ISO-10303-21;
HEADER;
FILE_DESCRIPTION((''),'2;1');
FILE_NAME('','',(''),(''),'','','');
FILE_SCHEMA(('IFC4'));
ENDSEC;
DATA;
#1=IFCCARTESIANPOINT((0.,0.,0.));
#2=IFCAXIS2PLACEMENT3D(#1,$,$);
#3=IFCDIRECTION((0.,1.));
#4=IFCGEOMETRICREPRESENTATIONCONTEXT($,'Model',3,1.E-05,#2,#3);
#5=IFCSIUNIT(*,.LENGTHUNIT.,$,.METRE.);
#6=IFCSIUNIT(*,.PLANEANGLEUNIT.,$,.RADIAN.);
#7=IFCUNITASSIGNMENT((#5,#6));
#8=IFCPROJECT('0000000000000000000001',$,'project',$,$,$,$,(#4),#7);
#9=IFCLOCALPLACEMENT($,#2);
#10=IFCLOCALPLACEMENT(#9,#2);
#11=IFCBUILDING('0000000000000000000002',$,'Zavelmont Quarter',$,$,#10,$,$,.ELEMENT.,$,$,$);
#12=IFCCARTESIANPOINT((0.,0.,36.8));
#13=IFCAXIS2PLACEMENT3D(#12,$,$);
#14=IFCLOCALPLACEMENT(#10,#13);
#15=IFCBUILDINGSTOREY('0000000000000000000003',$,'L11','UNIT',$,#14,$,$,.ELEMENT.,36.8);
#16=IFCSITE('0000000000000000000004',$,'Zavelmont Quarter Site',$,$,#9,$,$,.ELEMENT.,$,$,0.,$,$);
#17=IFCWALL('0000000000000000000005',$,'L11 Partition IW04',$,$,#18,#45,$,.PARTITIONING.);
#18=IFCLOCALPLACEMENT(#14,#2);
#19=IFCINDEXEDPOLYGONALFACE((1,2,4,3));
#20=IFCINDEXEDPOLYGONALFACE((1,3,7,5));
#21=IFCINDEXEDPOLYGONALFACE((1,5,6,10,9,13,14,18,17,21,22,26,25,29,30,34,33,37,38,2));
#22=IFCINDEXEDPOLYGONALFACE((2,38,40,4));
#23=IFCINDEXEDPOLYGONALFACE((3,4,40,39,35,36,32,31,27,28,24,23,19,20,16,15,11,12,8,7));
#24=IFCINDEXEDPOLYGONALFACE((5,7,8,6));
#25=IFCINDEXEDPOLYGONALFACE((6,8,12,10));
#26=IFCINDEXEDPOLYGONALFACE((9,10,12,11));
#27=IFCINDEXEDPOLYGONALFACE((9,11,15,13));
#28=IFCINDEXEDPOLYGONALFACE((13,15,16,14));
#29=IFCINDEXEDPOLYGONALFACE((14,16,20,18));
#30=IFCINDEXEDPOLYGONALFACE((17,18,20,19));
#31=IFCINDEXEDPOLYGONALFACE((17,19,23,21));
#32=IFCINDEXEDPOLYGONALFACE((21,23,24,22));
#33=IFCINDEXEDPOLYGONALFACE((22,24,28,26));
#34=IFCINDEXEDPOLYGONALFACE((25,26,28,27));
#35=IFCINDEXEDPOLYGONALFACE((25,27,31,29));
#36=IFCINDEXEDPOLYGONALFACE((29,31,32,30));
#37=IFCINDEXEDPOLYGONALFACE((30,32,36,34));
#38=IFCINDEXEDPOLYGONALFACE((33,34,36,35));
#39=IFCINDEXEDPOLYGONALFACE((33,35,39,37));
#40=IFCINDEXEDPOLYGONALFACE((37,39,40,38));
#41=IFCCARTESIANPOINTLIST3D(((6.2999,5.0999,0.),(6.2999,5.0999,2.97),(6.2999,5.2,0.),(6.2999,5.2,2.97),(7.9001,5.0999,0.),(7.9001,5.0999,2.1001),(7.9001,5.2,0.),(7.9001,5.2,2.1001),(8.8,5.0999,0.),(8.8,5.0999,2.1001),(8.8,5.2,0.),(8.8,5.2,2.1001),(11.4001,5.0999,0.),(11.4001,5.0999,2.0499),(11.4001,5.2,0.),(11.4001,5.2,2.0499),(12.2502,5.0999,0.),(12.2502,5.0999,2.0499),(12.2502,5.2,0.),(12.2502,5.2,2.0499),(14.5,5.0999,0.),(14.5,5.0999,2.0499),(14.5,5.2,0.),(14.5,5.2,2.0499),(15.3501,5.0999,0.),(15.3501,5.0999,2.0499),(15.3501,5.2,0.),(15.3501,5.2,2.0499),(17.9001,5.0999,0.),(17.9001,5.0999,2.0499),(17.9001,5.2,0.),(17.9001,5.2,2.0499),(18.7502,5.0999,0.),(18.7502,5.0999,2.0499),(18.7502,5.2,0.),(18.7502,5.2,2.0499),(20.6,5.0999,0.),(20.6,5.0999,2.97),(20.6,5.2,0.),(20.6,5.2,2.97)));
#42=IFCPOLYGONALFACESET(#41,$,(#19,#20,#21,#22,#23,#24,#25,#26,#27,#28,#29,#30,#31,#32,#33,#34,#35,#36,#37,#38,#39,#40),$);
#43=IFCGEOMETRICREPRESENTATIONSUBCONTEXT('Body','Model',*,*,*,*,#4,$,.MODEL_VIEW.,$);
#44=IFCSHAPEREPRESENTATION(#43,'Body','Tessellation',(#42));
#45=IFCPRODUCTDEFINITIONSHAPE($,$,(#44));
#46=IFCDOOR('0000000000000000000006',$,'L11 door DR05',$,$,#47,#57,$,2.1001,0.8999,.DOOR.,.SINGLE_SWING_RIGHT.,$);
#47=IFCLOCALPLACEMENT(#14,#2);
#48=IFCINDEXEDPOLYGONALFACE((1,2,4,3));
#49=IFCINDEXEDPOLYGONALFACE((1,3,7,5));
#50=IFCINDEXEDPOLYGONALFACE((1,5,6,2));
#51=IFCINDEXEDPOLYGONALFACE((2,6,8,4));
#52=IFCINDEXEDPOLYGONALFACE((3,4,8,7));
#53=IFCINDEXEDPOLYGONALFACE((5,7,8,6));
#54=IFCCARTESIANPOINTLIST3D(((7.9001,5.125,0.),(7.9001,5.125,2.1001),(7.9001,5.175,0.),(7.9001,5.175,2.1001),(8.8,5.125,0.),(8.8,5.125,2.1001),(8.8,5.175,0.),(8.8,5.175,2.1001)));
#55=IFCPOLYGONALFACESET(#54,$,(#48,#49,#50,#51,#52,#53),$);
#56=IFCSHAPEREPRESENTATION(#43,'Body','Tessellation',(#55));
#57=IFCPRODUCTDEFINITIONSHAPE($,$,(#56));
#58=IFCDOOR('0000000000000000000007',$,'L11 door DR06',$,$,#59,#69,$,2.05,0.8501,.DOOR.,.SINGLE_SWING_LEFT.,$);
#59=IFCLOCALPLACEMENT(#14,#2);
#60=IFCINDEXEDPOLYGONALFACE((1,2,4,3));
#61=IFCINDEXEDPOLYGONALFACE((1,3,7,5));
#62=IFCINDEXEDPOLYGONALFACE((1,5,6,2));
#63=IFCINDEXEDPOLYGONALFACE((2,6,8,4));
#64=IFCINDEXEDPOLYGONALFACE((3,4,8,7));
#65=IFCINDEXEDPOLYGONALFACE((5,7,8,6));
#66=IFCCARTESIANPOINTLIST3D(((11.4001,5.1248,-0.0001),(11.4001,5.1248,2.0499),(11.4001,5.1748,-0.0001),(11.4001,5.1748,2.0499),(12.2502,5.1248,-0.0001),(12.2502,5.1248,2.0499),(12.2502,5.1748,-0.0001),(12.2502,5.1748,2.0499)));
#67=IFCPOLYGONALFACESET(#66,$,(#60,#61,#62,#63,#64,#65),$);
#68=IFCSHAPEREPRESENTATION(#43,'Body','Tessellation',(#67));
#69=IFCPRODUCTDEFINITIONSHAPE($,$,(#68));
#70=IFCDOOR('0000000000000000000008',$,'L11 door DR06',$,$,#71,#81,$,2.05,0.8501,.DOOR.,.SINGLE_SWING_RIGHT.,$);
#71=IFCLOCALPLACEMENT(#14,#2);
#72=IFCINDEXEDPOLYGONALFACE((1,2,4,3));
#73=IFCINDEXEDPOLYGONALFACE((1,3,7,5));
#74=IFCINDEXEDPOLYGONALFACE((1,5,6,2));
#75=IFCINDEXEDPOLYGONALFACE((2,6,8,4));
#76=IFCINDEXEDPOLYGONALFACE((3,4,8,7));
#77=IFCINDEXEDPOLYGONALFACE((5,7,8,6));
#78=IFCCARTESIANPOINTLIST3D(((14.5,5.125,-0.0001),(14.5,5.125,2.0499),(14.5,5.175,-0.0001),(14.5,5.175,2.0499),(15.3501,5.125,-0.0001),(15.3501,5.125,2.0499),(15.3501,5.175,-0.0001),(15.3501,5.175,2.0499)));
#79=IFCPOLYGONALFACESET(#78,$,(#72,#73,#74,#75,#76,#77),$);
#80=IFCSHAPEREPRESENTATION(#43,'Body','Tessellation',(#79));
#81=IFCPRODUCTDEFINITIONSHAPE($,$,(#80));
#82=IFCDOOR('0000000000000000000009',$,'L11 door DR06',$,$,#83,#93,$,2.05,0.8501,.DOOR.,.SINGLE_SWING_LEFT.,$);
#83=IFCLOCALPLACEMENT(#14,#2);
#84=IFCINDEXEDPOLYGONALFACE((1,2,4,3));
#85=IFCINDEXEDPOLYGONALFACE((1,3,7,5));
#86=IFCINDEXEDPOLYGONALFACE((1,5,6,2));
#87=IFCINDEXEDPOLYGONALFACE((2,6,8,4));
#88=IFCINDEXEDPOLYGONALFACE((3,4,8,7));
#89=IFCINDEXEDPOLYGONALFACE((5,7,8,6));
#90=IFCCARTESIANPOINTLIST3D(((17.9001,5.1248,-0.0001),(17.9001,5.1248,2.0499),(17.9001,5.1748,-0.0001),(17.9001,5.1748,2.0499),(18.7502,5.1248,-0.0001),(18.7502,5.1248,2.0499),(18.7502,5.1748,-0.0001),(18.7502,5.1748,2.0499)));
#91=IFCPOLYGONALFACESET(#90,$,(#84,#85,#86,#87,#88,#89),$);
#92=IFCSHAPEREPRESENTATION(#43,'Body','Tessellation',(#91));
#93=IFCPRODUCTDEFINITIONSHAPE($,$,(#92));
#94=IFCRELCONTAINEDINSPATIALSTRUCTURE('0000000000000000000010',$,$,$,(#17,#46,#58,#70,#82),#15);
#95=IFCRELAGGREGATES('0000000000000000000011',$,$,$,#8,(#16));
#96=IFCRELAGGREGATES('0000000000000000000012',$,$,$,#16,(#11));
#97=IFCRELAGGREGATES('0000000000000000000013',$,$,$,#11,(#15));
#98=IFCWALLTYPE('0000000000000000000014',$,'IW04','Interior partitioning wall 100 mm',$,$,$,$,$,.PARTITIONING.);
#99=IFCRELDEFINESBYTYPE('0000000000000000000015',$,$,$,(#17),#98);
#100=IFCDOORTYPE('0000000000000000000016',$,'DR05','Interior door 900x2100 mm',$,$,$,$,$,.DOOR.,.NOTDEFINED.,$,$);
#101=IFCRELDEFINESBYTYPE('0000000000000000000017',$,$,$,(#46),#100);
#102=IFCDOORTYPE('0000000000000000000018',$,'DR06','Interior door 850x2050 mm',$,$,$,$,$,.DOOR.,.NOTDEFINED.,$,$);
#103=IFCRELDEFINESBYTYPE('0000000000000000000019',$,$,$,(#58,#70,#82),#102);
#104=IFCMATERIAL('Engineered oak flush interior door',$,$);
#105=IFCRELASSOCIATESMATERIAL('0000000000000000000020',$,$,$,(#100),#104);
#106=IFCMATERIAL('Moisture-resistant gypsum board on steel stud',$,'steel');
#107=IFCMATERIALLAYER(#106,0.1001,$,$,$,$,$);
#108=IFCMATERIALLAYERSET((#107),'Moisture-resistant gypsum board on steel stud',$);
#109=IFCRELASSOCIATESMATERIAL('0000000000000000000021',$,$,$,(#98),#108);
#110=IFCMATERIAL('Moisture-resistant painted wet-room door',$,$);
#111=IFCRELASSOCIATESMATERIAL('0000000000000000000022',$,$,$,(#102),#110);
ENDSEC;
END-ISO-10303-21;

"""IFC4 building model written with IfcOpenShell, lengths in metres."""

from ifc_helpers import new_model, si_unit, direction, frame, frame_2d, origin, origin_with_axes, place, context, subcontext, project, spatial, rectangle, extrude, material, layer, layer_set, type_object, element, fill, save


model = new_model("IFC4")

# Units and contexts
model_context = context("Model", 3, precision=1e-05, world=origin(), true_north=direction((0.0, 1.0)))
body_context = subcontext(model_context, "Body", "Model", "MODEL_VIEW")
ifc_project = project(units=[si_unit("LENGTHUNIT", "METRE"), si_unit("PLANEANGLEUNIT", "RADIAN")], contexts=[model_context])

# Site, building, storey
site_placement = place(None, origin())
site = spatial("IfcSite", under=ifc_project, at=site_placement, Name="Zavelmont Quarter Site", CompositionType="ELEMENT", RefElevation=0.0)
building_placement = place(site_placement, origin())
building = spatial("IfcBuilding", under=site, at=building_placement, Name="Zavelmont Quarter", CompositionType="ELEMENT")
storey_placement = place(building_placement, frame((0.0, 0.0, 36.8)))
storey = spatial("IfcBuildingStorey", under=building, at=storey_placement, Name="L11", Description="UNIT", CompositionType="ELEMENT", Elevation=36.8)

# Shared definitions
ifc_material_1 = material(Name="Engineered oak flush interior door")
door_type_1 = type_object("IfcDoorType", Name="DR05", Description="Interior door 900x2100 mm", OperationType="NOTDEFINED", PredefinedType="DOOR", material=ifc_material_1)

# Shared definitions
ifc_material_2 = material(Name="Moisture-resistant gypsum board on steel stud", Category="steel")
ifc_layer_1 = layer(ifc_material_2, 0.1001)
ifc_layer_set_1 = layer_set([ifc_layer_1], Name="Moisture-resistant gypsum board on steel stud")
wall_type_1 = type_object("IfcWallType", Name="IW04", Description="Interior partitioning wall 100 mm", PredefinedType="PARTITIONING", material=ifc_layer_set_1)

# Wall, openings, doors
wall_1_placement = place(storey_placement, frame((6.3, 5.1499, 0.0), z_axis=(0.0, 0.0, 1.0), x_axis=(1.0, 0.0, 0.0)))
wall_1 = element("IfcWall", 1, at=wall_1_placement, inside=storey, type_object=wall_type_1, Name="L11 Partition IW04", PredefinedType="PARTITIONING", context=body_context, shape_type="SweptSolid", body=[
    extrude(rectangle(XDim=14.3, YDim=0.1001, at=frame_2d((7.1499, 0.0))), origin(), (0.0, 0.0, 1.0), 2.97),
])
opening_1_placement = place(wall_1_placement, frame((1.6001, 0.0, 0.0)))
opening_1 = element("IfcOpeningElement", 2, at=opening_1_placement, cuts=wall_1, PredefinedType="OPENING", context=body_context, shape_type="SweptSolid", body=[
    extrude(rectangle(XDim=0.8999, YDim=2.1001, at=frame_2d((0.45, 1.05))), frame((0.0, 0.062, 0.0), z_axis=(0.0, -1.0, 0.0), x_axis=(1.0, 0.0, 0.0)), (0.0, 0.0, 1.0), 0.124),
])
opening_2_placement = place(wall_1_placement, frame((5.1001, 0.0, 0.0)))
opening_2 = element("IfcOpeningElement", 3, at=opening_2_placement, cuts=wall_1, PredefinedType="OPENING", context=body_context, shape_type="SweptSolid", body=[
    extrude(rectangle(XDim=0.8501, YDim=2.05, at=frame_2d((0.425, 1.0249))), frame((0.0, 0.062, 0.0), z_axis=(0.0, -1.0, 0.0), x_axis=(1.0, 0.0, 0.0)), (0.0, 0.0, 1.0), 0.124),
])
opening_3_placement = place(wall_1_placement, frame((8.2, 0.0, 0.0)))
opening_3 = element("IfcOpeningElement", 4, at=opening_3_placement, cuts=wall_1, PredefinedType="OPENING", context=body_context, shape_type="SweptSolid", body=[
    extrude(rectangle(XDim=0.8501, YDim=2.05, at=frame_2d((0.425, 1.0249))), frame((0.0, 0.062, 0.0), z_axis=(0.0, -1.0, 0.0), x_axis=(1.0, 0.0, 0.0)), (0.0, 0.0, 1.0), 0.124),
])
opening_4_placement = place(wall_1_placement, frame((11.6001, 0.0, 0.0)))
opening_4 = element("IfcOpeningElement", 5, at=opening_4_placement, cuts=wall_1, PredefinedType="OPENING", context=body_context, shape_type="SweptSolid", body=[
    extrude(rectangle(XDim=0.8501, YDim=2.05, at=frame_2d((0.425, 1.0249))), frame((0.0, 0.062, 0.0), z_axis=(0.0, -1.0, 0.0), x_axis=(1.0, 0.0, 0.0)), (0.0, 0.0, 1.0), 0.124),
])
door_1_placement = place(opening_1_placement, frame((0.8999, 0.0, 0.0), z_axis=(0.0, 0.0, 1.0), x_axis=(-1.0, 0.0, 0.0)))
door_1 = element("IfcDoor", 6, at=door_1_placement, inside=storey, type_object=door_type_1, Name="L11 door DR05", OperationType="SINGLE_SWING_RIGHT", OverallHeight=2.1001, OverallWidth=0.8999, PredefinedType="DOOR", context=body_context, shape_type="SweptSolid", body=[
    extrude(rectangle(XDim=0.8999, YDim=2.1001, at=frame_2d((0.45, 1.05))), frame((0.0, 0.0249, 0.0), z_axis=(0.0, -1.0, 0.0), x_axis=(1.0, 0.0, 0.0)), (0.0, 0.0, 1.0), 0.05),
])
fill(opening_1, door_1)
ifc_material_3 = material(Name="Moisture-resistant painted wet-room door")
door_type_2 = type_object("IfcDoorType", Name="DR06", Description="Interior door 850x2050 mm", OperationType="NOTDEFINED", PredefinedType="DOOR", material=ifc_material_3)
door_2_placement = place(opening_2_placement, origin_with_axes())
door_2 = element("IfcDoor", 7, at=door_2_placement, inside=storey, type_object=door_type_2, Name="L11 door DR06", OperationType="SINGLE_SWING_LEFT", OverallHeight=2.05, OverallWidth=0.8501, PredefinedType="DOOR", context=body_context, shape_type="SweptSolid", body=[
    extrude(rectangle(XDim=0.8501, YDim=2.05, at=frame_2d((0.425, 1.0249))), frame((0.0, 0.0249, 0.0), z_axis=(0.0, -1.0, 0.0), x_axis=(1.0, 0.0, 0.0)), (0.0, 0.0, 1.0), 0.05),
])
fill(opening_2, door_2)
door_3_placement = place(opening_3_placement, frame((0.8501, 0.0, 0.0), z_axis=(0.0, 0.0, 1.0), x_axis=(-1.0, 0.0, 0.0)))
door_3 = element("IfcDoor", 8, at=door_3_placement, inside=storey, type_object=door_type_2, Name="L11 door DR06", OperationType="SINGLE_SWING_RIGHT", OverallHeight=2.05, OverallWidth=0.8501, PredefinedType="DOOR", context=body_context, shape_type="SweptSolid", body=[
    extrude(rectangle(XDim=0.8501, YDim=2.05, at=frame_2d((0.425, 1.0249))), frame((0.0, 0.0249, 0.0), z_axis=(0.0, -1.0, 0.0), x_axis=(1.0, 0.0, 0.0)), (0.0, 0.0, 1.0), 0.05),
])
fill(opening_3, door_3)
door_4_placement = place(opening_4_placement, origin_with_axes())
door_4 = element("IfcDoor", 9, at=door_4_placement, inside=storey, type_object=door_type_2, Name="L11 door DR06", OperationType="SINGLE_SWING_LEFT", OverallHeight=2.05, OverallWidth=0.8501, PredefinedType="DOOR", context=body_context, shape_type="SweptSolid", body=[
    extrude(rectangle(XDim=0.8501, YDim=2.05, at=frame_2d((0.425, 1.0249))), frame((0.0, 0.0249, 0.0), z_axis=(0.0, -1.0, 0.0), x_axis=(1.0, 0.0, 0.0)), (0.0, 0.0, 1.0), 0.05),
])
fill(opening_4, door_4)

save(model, "model.ifc")
